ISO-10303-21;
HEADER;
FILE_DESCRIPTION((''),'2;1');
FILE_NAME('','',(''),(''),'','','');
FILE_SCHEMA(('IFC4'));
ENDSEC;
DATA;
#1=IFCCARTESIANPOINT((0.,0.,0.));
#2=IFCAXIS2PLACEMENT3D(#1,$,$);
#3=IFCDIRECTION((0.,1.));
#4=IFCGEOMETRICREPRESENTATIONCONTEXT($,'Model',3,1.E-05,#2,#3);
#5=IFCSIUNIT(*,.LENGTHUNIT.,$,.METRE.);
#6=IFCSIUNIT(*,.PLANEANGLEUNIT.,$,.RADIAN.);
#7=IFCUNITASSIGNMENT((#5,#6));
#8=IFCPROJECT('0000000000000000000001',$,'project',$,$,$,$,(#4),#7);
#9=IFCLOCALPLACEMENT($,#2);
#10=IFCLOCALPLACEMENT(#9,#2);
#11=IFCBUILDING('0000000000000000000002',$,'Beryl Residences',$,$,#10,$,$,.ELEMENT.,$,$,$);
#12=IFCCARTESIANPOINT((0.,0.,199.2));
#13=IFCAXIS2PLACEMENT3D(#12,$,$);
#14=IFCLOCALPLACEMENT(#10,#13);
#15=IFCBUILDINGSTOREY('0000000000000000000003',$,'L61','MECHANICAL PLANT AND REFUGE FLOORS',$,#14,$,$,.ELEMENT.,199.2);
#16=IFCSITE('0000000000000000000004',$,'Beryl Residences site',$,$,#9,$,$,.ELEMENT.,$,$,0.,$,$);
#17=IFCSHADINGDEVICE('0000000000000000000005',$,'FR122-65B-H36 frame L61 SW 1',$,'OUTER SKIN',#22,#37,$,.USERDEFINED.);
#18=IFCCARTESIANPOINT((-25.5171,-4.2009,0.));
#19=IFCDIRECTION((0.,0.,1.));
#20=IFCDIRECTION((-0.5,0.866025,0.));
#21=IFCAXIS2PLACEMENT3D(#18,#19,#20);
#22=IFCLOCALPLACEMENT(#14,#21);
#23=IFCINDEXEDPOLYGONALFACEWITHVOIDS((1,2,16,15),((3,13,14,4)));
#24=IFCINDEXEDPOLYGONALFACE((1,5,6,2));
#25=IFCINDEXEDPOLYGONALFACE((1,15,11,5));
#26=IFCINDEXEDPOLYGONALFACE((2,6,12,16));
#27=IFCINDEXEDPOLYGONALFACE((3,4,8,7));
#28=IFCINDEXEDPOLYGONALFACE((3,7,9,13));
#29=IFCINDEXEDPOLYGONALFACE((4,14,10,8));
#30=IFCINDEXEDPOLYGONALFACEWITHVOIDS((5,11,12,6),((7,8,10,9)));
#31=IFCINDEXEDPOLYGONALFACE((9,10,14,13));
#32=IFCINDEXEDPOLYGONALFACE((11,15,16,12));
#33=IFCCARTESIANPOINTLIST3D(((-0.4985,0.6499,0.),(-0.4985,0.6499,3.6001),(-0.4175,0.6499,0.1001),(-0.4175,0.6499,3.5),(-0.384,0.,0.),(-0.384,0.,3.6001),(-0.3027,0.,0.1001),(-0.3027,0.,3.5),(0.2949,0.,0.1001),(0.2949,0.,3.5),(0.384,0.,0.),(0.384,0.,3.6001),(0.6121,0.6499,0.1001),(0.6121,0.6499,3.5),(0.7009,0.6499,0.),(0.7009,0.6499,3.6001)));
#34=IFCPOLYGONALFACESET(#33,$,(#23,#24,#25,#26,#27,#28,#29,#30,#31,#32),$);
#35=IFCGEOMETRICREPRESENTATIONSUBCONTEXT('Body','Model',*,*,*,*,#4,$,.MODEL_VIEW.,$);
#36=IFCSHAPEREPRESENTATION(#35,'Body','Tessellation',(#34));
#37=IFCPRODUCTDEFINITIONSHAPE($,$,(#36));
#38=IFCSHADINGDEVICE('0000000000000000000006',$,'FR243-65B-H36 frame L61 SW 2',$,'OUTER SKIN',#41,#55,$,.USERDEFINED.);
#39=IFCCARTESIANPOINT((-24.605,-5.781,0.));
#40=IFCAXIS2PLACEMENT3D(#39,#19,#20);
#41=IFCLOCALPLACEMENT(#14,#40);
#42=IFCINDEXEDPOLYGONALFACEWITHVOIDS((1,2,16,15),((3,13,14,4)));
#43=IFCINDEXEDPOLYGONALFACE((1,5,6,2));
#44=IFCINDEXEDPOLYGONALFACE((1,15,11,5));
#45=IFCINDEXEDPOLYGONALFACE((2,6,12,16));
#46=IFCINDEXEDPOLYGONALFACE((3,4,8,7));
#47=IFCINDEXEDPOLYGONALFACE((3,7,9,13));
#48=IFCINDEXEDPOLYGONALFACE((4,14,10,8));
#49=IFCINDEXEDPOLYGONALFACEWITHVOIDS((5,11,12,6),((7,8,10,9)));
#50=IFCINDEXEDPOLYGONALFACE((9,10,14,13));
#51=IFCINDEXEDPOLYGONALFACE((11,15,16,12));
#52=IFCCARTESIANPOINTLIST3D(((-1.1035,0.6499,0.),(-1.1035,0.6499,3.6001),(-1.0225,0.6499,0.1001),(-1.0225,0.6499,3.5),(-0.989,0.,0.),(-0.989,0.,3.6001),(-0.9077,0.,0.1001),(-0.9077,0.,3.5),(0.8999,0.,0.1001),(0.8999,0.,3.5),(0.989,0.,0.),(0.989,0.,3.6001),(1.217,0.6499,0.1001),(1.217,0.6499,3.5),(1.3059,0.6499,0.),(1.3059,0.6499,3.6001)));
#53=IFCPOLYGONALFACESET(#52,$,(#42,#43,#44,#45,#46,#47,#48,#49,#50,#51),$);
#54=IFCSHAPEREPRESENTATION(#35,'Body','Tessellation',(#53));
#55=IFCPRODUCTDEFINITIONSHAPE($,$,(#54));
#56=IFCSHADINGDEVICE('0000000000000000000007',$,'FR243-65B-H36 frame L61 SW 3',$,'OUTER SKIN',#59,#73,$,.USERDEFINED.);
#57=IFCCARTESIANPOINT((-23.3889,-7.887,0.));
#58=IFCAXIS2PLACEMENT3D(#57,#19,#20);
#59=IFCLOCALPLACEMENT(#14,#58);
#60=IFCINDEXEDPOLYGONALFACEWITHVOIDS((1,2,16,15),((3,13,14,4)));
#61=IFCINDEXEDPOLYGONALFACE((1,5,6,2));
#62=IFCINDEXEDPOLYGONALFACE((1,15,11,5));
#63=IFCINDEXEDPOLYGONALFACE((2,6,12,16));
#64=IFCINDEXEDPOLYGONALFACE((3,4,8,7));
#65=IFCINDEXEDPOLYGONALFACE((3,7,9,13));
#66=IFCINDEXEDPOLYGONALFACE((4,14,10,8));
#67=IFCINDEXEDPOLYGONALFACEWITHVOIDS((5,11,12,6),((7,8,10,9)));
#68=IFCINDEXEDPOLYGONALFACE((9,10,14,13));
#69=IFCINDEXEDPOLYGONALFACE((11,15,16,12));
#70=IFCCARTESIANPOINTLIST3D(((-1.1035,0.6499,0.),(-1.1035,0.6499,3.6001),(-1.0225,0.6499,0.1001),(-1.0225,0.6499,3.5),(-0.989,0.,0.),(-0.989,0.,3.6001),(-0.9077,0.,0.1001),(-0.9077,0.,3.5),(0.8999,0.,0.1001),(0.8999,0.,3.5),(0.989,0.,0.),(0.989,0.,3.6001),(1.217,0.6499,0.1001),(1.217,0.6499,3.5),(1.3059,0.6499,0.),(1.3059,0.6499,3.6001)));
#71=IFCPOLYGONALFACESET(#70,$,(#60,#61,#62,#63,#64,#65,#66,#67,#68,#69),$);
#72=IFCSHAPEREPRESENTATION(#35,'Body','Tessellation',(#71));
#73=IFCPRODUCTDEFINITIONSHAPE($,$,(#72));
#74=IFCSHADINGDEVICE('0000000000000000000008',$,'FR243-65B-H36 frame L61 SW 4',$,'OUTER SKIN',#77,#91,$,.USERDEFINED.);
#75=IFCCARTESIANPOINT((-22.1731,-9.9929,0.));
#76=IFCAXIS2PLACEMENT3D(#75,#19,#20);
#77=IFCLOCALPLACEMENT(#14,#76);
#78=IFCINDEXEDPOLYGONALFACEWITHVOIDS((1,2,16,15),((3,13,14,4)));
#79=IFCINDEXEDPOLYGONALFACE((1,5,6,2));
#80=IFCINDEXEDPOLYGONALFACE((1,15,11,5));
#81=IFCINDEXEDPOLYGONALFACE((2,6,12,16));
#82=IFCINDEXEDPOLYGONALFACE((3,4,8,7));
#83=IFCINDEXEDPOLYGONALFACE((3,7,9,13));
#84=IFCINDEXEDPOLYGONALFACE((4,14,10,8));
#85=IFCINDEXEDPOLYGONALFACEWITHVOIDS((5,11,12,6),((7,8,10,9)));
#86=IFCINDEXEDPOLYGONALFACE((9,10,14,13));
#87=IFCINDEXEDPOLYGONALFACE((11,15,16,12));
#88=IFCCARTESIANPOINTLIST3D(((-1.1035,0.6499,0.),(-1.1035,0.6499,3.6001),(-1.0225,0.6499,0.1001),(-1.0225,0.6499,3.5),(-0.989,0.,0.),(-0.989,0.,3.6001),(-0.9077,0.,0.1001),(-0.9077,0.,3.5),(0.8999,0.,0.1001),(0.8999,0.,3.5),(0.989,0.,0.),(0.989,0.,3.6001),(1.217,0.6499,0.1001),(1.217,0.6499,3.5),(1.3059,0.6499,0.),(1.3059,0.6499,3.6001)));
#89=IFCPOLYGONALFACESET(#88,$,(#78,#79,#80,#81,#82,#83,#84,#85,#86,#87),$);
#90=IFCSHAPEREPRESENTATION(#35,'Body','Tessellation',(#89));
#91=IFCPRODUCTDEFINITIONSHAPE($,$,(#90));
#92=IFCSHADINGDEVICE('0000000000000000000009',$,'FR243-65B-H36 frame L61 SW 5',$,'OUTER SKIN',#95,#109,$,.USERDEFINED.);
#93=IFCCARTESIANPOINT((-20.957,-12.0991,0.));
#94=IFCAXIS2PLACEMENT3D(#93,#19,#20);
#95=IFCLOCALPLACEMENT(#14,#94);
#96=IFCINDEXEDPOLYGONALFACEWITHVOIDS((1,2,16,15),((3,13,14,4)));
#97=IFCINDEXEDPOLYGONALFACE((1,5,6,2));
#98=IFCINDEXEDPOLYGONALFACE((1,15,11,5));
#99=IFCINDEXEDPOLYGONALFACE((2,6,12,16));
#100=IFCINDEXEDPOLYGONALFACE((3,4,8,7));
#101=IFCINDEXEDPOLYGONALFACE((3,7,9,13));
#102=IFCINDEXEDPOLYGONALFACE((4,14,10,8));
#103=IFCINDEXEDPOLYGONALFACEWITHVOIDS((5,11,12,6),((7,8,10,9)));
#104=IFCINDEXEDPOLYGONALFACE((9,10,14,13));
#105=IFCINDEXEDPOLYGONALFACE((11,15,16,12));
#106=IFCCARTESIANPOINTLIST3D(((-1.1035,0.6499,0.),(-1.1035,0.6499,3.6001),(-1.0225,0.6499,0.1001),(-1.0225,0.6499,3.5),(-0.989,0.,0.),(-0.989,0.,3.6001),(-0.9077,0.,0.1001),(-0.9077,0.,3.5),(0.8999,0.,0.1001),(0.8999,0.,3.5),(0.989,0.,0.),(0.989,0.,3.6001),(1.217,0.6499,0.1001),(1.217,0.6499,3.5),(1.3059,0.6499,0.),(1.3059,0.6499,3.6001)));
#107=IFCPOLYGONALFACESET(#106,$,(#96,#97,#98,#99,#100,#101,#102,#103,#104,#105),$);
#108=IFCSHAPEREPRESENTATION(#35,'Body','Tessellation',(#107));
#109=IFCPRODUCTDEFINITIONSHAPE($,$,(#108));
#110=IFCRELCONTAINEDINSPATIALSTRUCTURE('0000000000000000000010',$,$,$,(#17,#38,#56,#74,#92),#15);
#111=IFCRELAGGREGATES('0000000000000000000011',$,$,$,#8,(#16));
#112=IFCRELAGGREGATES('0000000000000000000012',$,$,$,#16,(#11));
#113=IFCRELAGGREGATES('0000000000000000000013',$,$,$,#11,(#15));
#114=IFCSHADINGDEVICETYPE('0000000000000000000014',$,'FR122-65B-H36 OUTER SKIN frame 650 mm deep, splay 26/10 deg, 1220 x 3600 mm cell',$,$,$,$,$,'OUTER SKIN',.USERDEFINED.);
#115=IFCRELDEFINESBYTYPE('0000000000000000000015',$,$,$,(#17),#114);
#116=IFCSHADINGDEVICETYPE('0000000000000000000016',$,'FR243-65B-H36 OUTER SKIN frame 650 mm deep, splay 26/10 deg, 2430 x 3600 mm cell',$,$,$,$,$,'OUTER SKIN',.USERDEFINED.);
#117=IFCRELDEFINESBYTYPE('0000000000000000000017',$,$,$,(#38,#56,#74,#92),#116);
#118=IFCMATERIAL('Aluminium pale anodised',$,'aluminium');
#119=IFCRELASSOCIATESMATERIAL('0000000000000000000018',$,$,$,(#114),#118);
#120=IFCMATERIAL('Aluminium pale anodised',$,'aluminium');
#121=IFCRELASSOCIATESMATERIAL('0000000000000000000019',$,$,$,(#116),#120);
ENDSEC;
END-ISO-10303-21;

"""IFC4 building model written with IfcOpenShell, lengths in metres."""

from ifc_helpers import new_model, entity, si_unit, direction, frame, origin, place, context, subcontext, project, spatial, source, transform, mapped, material, type_object, type_shapes, element, save


model = new_model("IFC4")

# Units and contexts
model_context = context("Model", 3, precision=1e-05, world=origin(), true_north=direction((0.0, 1.0)))
body_context = subcontext(model_context, "Body", "Model", "MODEL_VIEW")
ifc_project = project(units=[si_unit("LENGTHUNIT", "METRE"), si_unit("PLANEANGLEUNIT", "RADIAN")], contexts=[model_context])

# Site, building, storey
site_placement = place(None, origin())
site = spatial("IfcSite", under=ifc_project, at=site_placement, Name="Beryl Residences site", CompositionType="ELEMENT", RefElevation=0.0)
building_placement = place(site_placement, origin())
building = spatial("IfcBuilding", under=site, at=building_placement, Name="Beryl Residences", CompositionType="ELEMENT")
storey_placement = place(building_placement, frame((0.0, 0.0, 199.2)))
storey = spatial("IfcBuildingStorey", under=building, at=storey_placement, Name="L61", Description="MECHANICAL PLANT AND REFUGE FLOORS", CompositionType="ELEMENT", Elevation=199.2)

# Shading devices
ifc_material_1 = material(Name="Aluminium pale anodised", Category="aluminium")
shading_device_type_1 = type_object("IfcShadingDeviceType", Name="FR122-65B-H36 OUTER SKIN frame 650 mm deep, splay 26/10 deg, 1220 x 3600 mm cell", ElementType="OUTER SKIN", PredefinedType="USERDEFINED", material=ifc_material_1)
cartesian_point_1 = entity("IfcCartesianPoint", [-0.384, 0.0])
cartesian_point_2 = entity("IfcCartesianPoint", [-0.2949, 0.1001])
cartesian_point_3 = entity("IfcCartesianPoint", [-0.7009, 0.0])
cartesian_point_4 = entity("IfcCartesianPoint", [-0.6121, 0.1001])
shared_shape_1 = source(origin(), body_context, "Body", "SweptSolid", [
    entity("IfcExtrudedAreaSolidTapered", entity("IfcArbitraryProfileDefWithVoids", "AREA", None, entity("IfcPolyline", [cartesian_point_1, entity("IfcCartesianPoint", [0.384, 0.0]), entity("IfcCartesianPoint", [0.384, 3.6001]), entity("IfcCartesianPoint", [-0.384, 3.6001]), cartesian_point_1]), [entity("IfcPolyline", [cartesian_point_2, entity("IfcCartesianPoint", [0.3027, 0.1001]), entity("IfcCartesianPoint", [0.3027, 3.5]), entity("IfcCartesianPoint", [-0.2949, 3.5]), cartesian_point_2])]), entity("IfcAxis2Placement3D", entity("IfcCartesianPoint", [0.0, 0.0, 0.0]), entity("IfcDirection", [0.0, 1.0, 0.0]), entity("IfcDirection", [-1.0, 0.0, 0.0])), entity("IfcDirection", [0.0, 0.0, 1.0]), 0.6499, entity("IfcArbitraryProfileDefWithVoids", "AREA", None, entity("IfcPolyline", [cartesian_point_3, entity("IfcCartesianPoint", [0.4985, 0.0]), entity("IfcCartesianPoint", [0.4985, 3.6001]), entity("IfcCartesianPoint", [-0.7009, 3.6001]), cartesian_point_3]), [entity("IfcPolyline", [cartesian_point_4, entity("IfcCartesianPoint", [0.4175, 0.1001]), entity("IfcCartesianPoint", [0.4175, 3.5]), entity("IfcCartesianPoint", [-0.6121, 3.5]), cartesian_point_4])])),
])
type_shapes(shading_device_type_1, [shared_shape_1])
shading_device_placement = place(storey_placement, frame((-25.5171, -4.2009, 0.0), z_axis=(0.0, 0.0, 1.0), x_axis=(-0.5, 0.866025, 0.0)))
element("IfcShadingDevice", 1, at=shading_device_placement, inside=storey, type_object=shading_device_type_1, Name="FR122-65B-H36 frame L61 SW 1", ObjectType="OUTER SKIN", PredefinedType="USERDEFINED", context=body_context, shape_type="MappedRepresentation", body=[
    mapped(shared_shape_1, transform((0.0, 0.0, 0.0))),
])
ifc_material_2 = material(Name="Aluminium pale anodised", Category="aluminium")
shading_device_type_2 = type_object("IfcShadingDeviceType", Name="FR243-65B-H36 OUTER SKIN frame 650 mm deep, splay 26/10 deg, 2430 x 3600 mm cell", ElementType="OUTER SKIN", PredefinedType="USERDEFINED", material=ifc_material_2)
cartesian_point_5 = entity("IfcCartesianPoint", [-0.989, 0.0])
cartesian_point_6 = entity("IfcCartesianPoint", [-0.8999, 0.1001])
cartesian_point_7 = entity("IfcCartesianPoint", [-1.3059, 0.0])
cartesian_point_8 = entity("IfcCartesianPoint", [-1.217, 0.1001])
shared_shape_2 = source(origin(), body_context, "Body", "SweptSolid", [
    entity("IfcExtrudedAreaSolidTapered", entity("IfcArbitraryProfileDefWithVoids", "AREA", None, entity("IfcPolyline", [cartesian_point_5, entity("IfcCartesianPoint", [0.989, 0.0]), entity("IfcCartesianPoint", [0.989, 3.6001]), entity("IfcCartesianPoint", [-0.989, 3.6001]), cartesian_point_5]), [entity("IfcPolyline", [cartesian_point_6, entity("IfcCartesianPoint", [0.9077, 0.1001]), entity("IfcCartesianPoint", [0.9077, 3.5]), entity("IfcCartesianPoint", [-0.8999, 3.5]), cartesian_point_6])]), entity("IfcAxis2Placement3D", entity("IfcCartesianPoint", [0.0, 0.0, 0.0]), entity("IfcDirection", [0.0, 1.0, 0.0]), entity("IfcDirection", [-1.0, 0.0, 0.0])), entity("IfcDirection", [0.0, 0.0, 1.0]), 0.6499, entity("IfcArbitraryProfileDefWithVoids", "AREA", None, entity("IfcPolyline", [cartesian_point_7, entity("IfcCartesianPoint", [1.1035, 0.0]), entity("IfcCartesianPoint", [1.1035, 3.6001]), entity("IfcCartesianPoint", [-1.3059, 3.6001]), cartesian_point_7]), [entity("IfcPolyline", [cartesian_point_8, entity("IfcCartesianPoint", [1.0225, 0.1001]), entity("IfcCartesianPoint", [1.0225, 3.5]), entity("IfcCartesianPoint", [-1.217, 3.5]), cartesian_point_8])])),
])
type_shapes(shading_device_type_2, [shared_shape_2])
for number, where, z_axis, x_axis, name in (
    (2, (-24.605, -5.781, 0.0), (0.0, 0.0, 1.0), (-0.5, 0.866025, 0.0), "FR243-65B-H36 frame L61 SW 2"),
    (3, (-23.3889, -7.887, 0.0), (0.0, 0.0, 1.0), (-0.5, 0.866025, 0.0), "FR243-65B-H36 frame L61 SW 3"),
    (4, (-22.1731, -9.9929, 0.0), (0.0, 0.0, 1.0), (-0.5, 0.866025, 0.0), "FR243-65B-H36 frame L61 SW 4"),
    (5, (-20.957, -12.0991, 0.0), (0.0, 0.0, 1.0), (-0.5, 0.866025, 0.0), "FR243-65B-H36 frame L61 SW 5"),
):
    element("IfcShadingDevice", number, at=place(storey_placement, frame(where, z_axis=z_axis, x_axis=x_axis)), inside=storey, type_object=shading_device_type_2, Name=name, ObjectType="OUTER SKIN", PredefinedType="USERDEFINED", context=body_context, shape_type="MappedRepresentation", body=[
        mapped(shared_shape_2, transform((0.0, 0.0, 0.0))),
    ])

save(model, "model.ifc")
